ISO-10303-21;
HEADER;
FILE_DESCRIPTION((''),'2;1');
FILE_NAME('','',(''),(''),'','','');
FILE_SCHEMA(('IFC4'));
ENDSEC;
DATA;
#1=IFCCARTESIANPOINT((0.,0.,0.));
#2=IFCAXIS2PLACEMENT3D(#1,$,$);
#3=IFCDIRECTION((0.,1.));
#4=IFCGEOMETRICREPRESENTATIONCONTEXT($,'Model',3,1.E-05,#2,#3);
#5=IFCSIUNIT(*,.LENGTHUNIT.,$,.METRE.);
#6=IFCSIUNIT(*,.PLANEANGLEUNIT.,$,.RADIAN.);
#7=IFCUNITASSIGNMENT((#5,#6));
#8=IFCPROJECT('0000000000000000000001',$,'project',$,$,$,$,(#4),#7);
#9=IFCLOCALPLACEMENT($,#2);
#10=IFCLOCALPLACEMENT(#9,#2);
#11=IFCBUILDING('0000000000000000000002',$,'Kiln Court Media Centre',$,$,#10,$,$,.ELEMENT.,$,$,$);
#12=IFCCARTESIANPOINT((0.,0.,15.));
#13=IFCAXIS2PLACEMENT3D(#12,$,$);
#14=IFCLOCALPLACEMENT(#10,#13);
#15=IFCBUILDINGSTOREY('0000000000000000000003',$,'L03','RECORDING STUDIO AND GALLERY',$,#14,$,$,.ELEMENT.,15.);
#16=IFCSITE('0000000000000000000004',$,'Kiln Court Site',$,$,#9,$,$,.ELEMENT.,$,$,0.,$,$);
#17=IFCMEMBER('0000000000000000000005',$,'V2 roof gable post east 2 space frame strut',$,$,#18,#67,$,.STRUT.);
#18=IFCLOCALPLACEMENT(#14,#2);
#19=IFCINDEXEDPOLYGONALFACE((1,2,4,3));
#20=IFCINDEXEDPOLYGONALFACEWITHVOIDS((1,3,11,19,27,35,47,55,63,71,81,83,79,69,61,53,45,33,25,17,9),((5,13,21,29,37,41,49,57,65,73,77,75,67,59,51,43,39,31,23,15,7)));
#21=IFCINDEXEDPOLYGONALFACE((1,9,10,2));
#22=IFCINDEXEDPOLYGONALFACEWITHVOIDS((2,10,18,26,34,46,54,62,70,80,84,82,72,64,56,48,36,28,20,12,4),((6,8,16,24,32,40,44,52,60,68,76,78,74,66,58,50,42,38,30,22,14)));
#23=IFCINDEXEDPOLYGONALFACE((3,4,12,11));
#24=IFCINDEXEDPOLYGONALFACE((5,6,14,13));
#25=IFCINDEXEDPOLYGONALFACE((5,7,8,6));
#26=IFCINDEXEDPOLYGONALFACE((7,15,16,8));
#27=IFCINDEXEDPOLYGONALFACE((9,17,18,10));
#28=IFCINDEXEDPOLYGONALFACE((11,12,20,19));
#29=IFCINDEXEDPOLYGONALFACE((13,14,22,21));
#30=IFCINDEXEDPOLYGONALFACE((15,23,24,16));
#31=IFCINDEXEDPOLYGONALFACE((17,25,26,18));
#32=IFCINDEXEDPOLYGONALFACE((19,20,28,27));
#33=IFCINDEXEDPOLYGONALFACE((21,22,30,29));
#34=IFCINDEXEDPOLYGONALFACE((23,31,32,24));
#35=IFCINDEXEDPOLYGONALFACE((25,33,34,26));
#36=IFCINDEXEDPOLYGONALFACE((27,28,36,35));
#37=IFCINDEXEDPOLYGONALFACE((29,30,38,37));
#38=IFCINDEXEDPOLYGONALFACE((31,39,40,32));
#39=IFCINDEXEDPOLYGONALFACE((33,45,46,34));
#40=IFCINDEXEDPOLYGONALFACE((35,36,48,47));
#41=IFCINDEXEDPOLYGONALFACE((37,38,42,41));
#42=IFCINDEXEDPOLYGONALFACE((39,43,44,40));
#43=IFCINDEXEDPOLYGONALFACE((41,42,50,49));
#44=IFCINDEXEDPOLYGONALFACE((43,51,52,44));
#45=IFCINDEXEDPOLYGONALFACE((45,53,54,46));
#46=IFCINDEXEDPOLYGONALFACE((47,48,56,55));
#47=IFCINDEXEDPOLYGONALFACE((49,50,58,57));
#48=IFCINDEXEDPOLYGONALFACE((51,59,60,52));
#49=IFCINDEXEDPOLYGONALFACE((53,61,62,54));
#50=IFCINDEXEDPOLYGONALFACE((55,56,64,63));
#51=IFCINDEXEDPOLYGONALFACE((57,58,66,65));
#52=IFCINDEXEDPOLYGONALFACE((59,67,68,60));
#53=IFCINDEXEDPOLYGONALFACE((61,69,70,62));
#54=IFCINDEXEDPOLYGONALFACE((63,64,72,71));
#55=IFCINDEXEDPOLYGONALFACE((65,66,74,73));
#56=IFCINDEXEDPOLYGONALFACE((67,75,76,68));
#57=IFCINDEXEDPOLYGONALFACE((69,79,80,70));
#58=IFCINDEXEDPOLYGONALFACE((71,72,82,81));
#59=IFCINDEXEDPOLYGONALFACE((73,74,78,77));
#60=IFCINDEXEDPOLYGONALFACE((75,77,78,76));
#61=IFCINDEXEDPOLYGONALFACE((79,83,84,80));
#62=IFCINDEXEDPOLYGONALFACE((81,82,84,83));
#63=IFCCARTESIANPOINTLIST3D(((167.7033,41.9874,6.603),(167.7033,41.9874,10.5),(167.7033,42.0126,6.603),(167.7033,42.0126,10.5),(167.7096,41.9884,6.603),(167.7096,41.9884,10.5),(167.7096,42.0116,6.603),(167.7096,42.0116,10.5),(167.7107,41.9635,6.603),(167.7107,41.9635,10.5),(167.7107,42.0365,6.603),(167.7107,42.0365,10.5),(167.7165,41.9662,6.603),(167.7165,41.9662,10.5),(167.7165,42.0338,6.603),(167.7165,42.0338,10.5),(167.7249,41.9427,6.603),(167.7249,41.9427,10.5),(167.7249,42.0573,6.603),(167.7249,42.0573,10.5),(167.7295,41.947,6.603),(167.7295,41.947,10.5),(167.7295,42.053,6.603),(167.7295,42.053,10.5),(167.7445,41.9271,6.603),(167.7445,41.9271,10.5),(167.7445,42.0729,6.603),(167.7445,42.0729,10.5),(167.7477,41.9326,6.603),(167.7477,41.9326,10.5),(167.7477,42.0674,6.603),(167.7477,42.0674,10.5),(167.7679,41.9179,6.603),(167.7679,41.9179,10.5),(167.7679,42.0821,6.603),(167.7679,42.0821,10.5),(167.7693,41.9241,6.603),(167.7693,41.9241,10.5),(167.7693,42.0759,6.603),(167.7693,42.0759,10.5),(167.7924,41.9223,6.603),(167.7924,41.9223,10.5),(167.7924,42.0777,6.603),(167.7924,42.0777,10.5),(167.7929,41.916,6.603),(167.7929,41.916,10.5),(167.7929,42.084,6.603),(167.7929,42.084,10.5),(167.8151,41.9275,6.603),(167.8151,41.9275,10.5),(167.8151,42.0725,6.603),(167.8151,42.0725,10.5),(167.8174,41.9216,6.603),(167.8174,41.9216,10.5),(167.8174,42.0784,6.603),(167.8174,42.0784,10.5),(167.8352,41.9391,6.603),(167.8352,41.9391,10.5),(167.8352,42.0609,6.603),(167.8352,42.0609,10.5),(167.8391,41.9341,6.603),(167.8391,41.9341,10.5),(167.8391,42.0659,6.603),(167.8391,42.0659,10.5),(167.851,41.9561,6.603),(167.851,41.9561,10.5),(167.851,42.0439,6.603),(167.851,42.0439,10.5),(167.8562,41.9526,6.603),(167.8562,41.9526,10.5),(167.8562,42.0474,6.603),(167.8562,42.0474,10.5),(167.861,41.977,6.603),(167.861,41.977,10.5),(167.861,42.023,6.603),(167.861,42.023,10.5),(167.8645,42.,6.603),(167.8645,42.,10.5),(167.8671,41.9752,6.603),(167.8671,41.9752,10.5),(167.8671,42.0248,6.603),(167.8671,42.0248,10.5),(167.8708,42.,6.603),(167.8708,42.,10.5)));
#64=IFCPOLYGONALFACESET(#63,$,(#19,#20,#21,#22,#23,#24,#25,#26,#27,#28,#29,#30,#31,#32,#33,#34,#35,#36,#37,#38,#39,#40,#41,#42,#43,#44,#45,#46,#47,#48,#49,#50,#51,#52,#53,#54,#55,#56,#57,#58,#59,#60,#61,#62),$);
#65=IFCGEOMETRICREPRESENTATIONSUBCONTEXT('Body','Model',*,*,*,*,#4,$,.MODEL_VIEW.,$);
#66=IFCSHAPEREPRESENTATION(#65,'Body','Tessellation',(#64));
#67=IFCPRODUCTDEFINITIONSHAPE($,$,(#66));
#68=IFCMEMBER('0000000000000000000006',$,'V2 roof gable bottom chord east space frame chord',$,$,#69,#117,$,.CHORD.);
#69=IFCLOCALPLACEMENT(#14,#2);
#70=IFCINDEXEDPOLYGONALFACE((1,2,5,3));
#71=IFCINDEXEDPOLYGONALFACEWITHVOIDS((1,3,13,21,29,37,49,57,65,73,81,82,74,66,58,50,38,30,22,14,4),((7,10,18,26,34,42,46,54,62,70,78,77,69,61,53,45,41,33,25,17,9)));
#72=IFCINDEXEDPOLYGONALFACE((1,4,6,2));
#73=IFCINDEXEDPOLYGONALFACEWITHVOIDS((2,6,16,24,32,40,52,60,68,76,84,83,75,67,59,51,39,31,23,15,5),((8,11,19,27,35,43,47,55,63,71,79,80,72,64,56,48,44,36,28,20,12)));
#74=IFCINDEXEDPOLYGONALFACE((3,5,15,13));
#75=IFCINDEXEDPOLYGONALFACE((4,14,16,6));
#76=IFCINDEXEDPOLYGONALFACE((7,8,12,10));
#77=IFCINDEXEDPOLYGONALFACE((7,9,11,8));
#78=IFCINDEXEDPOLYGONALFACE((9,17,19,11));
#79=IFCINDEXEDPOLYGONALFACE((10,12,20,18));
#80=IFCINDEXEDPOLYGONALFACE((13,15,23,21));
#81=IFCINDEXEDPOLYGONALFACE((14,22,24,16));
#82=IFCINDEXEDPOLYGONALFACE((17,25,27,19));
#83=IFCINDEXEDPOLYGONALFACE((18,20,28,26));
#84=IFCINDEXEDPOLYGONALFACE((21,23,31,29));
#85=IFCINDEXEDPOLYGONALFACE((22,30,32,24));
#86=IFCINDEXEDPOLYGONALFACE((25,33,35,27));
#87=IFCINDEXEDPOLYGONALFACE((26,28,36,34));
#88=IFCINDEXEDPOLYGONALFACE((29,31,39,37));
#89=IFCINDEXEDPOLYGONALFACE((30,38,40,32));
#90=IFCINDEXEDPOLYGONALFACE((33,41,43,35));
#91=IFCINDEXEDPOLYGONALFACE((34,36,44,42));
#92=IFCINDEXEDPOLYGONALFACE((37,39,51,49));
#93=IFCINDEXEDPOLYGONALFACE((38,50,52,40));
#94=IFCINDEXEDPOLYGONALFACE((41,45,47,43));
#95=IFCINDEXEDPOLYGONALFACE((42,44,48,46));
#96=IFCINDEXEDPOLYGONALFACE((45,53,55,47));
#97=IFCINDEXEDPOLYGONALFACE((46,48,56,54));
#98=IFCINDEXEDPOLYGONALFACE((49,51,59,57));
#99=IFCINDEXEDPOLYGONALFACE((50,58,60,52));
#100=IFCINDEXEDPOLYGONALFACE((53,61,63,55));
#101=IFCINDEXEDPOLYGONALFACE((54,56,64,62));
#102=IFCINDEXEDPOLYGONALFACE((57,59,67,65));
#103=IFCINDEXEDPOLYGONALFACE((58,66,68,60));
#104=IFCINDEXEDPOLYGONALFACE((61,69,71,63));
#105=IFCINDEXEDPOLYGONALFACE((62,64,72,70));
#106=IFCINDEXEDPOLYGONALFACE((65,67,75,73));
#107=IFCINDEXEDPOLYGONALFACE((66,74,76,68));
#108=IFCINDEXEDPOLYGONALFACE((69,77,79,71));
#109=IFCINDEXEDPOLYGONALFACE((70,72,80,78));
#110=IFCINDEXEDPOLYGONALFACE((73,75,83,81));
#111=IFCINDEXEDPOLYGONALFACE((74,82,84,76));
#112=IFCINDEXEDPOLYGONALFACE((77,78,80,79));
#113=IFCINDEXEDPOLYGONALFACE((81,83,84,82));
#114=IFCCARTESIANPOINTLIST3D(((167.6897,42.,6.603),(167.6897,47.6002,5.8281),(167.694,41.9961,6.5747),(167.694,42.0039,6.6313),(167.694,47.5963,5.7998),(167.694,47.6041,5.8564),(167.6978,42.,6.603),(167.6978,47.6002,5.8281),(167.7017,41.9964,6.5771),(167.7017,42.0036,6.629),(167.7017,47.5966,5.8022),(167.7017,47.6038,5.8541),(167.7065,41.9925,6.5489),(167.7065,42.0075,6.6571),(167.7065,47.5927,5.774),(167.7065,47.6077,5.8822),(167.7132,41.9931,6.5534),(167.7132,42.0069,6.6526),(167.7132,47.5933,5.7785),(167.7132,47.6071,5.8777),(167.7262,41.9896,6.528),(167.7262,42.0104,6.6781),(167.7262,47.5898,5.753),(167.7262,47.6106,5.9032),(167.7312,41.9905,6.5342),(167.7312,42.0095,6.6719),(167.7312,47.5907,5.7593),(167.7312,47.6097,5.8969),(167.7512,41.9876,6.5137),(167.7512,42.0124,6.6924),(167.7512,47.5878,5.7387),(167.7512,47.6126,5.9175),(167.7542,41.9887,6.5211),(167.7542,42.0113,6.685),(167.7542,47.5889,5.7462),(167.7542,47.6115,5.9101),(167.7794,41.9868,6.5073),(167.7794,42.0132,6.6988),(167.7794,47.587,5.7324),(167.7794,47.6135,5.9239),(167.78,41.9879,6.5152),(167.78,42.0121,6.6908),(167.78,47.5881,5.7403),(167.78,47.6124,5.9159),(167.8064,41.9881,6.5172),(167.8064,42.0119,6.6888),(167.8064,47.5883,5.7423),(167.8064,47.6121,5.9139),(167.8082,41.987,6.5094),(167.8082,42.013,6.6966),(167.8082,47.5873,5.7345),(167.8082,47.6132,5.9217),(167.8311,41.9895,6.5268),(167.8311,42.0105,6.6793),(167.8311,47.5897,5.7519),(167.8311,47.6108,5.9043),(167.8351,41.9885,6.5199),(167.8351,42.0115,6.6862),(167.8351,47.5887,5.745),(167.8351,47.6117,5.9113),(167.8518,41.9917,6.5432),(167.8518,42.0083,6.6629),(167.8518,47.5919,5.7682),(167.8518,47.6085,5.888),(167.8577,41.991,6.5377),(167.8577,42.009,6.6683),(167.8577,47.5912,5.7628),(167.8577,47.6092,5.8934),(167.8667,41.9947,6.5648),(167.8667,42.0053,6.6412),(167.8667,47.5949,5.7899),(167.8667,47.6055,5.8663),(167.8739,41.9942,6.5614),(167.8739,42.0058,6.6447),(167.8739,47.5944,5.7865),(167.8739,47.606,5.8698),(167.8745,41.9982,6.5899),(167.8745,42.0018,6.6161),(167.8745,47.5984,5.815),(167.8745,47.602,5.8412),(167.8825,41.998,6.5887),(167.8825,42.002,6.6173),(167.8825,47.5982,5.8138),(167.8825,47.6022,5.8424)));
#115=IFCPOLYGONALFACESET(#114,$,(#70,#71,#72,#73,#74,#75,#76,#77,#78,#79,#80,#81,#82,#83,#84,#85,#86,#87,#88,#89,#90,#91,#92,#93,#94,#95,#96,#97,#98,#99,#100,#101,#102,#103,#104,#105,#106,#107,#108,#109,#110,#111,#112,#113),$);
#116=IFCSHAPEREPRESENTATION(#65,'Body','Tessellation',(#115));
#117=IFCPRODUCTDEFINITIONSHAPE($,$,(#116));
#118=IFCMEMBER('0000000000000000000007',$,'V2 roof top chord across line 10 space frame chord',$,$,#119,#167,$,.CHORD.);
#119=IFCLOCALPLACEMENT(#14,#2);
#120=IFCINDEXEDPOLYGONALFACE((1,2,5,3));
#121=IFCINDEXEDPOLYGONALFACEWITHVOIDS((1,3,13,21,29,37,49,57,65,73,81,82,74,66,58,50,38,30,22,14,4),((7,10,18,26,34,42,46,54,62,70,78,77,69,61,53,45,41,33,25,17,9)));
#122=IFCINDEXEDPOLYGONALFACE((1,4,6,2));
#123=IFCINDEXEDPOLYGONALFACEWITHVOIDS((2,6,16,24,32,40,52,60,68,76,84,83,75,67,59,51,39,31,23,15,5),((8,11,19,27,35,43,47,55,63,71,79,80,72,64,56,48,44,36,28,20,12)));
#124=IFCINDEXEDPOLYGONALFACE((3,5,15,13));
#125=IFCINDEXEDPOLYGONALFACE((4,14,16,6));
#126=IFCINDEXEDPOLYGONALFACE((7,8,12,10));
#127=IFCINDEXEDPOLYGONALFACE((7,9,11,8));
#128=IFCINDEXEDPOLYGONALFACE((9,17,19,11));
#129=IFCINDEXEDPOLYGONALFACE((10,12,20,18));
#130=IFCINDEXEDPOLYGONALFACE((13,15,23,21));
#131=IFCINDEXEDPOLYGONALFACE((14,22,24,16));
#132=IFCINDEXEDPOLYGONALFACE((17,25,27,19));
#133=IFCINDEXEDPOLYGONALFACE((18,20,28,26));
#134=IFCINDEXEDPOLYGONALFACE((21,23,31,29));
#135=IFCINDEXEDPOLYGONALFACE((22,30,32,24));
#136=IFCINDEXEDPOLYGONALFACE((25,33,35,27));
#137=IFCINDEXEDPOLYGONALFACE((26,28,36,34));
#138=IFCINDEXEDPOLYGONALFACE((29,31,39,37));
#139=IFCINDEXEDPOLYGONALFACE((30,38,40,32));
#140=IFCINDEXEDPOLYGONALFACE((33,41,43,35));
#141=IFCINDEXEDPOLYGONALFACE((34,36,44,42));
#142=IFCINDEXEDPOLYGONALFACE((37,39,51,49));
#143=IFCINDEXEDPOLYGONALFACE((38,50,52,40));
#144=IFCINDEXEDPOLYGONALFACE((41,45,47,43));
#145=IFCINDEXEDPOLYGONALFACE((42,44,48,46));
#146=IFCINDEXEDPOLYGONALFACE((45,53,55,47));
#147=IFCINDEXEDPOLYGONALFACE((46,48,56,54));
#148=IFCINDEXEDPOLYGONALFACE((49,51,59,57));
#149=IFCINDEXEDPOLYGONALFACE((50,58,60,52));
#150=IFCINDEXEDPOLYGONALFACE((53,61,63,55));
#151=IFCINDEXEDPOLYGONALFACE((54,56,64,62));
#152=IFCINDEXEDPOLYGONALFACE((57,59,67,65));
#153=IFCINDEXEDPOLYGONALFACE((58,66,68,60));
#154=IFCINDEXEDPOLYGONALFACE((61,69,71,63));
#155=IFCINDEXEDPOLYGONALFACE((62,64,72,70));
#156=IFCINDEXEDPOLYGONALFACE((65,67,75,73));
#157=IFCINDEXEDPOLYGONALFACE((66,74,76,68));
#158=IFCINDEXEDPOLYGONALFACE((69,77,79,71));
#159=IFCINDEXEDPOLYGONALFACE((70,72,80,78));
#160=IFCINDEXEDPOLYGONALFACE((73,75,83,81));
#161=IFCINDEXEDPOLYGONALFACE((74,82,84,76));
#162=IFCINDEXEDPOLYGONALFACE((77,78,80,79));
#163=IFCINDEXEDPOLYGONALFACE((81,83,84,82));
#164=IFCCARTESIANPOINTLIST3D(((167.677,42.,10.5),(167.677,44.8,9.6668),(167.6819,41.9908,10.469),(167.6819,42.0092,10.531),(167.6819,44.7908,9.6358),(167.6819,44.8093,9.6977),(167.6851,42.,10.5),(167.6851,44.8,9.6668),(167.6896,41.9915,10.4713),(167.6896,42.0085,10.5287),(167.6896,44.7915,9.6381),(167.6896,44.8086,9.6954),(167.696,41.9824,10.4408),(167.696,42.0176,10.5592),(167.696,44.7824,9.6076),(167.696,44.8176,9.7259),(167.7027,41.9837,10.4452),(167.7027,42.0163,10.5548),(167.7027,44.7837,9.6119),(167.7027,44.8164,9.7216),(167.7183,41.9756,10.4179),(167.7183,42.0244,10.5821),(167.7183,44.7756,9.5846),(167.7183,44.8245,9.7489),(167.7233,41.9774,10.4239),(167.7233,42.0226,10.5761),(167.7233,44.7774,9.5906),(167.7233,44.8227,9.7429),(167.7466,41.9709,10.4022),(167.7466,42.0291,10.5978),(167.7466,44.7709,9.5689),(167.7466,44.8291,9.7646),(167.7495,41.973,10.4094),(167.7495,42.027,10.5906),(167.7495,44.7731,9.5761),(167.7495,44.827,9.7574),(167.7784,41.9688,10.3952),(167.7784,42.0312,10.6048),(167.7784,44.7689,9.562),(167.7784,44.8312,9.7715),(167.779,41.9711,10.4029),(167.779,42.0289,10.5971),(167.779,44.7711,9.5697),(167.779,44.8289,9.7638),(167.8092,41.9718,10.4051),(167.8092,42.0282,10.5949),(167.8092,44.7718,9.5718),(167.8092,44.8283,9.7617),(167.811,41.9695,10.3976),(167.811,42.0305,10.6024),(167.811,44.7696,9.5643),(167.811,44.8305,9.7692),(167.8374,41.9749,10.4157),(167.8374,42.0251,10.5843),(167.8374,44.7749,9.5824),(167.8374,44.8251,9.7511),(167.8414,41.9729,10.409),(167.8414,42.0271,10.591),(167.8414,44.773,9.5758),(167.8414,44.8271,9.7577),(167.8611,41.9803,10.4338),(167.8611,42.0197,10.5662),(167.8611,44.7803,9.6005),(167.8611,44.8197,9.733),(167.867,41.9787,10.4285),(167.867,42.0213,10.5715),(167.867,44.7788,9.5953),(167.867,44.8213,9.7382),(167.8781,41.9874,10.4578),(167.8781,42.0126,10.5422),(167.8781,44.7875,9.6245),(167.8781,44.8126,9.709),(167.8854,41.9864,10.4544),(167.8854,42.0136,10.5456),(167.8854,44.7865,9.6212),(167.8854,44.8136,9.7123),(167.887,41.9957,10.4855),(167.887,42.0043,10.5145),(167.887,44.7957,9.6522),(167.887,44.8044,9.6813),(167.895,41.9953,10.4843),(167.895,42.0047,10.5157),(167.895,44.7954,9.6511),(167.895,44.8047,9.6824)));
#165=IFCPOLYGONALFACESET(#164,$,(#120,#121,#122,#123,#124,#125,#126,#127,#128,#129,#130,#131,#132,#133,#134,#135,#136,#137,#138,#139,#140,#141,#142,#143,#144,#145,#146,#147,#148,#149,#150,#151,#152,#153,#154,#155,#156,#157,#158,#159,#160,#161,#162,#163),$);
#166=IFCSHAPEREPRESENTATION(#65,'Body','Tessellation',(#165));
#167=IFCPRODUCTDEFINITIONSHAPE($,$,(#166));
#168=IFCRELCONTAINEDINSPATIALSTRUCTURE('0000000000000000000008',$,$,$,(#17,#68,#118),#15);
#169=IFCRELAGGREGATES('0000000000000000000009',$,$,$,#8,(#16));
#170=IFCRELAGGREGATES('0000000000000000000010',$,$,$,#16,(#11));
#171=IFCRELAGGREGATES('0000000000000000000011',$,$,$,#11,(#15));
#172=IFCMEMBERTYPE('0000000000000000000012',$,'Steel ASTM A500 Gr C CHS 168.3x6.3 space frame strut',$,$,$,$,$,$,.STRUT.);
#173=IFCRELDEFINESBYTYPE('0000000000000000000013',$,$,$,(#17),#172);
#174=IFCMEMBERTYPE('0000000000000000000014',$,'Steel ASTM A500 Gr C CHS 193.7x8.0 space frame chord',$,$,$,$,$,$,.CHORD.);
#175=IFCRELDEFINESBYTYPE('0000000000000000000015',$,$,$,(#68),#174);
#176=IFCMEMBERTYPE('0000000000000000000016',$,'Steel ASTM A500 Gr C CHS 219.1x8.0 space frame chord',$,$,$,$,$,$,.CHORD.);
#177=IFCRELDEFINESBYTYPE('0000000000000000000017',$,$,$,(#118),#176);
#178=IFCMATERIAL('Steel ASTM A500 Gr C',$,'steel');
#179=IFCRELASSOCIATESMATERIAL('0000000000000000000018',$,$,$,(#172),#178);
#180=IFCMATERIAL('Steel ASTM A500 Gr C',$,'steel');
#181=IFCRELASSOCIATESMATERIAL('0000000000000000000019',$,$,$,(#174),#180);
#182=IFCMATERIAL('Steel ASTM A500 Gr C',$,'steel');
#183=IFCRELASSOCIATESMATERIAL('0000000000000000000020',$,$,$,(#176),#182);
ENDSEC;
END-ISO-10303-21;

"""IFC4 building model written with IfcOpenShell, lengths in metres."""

from ifc_helpers import new_model, si_unit, direction, frame, origin, origin_2d, place, context, subcontext, project, spatial, hollow_circle, extrude, material, material_profile, profile_set, type_object, element, save


model = new_model("IFC4")

# Units and contexts
model_context = context("Model", 3, precision=1e-05, world=origin(), true_north=direction((0.0, 1.0)))
body_context = subcontext(model_context, "Body", "Model", "MODEL_VIEW")
ifc_project = project(units=[si_unit("LENGTHUNIT", "METRE"), si_unit("PLANEANGLEUNIT", "RADIAN")], contexts=[model_context])

# Site, building, storey
site_placement = place(None, origin())
site = spatial("IfcSite", under=ifc_project, at=site_placement, Name="Kiln Court Site", CompositionType="ELEMENT", RefElevation=0.0)
building_placement = place(site_placement, origin())
building = spatial("IfcBuilding", under=site, at=building_placement, Name="Kiln Court Media Centre", CompositionType="ELEMENT")
storey_placement = place(building_placement, frame((0.0, 0.0, 15.0)))
storey = spatial("IfcBuildingStorey", under=building, at=storey_placement, Name="L03", Description="RECORDING STUDIO AND GALLERY", CompositionType="ELEMENT", Elevation=15.0)

# Members
ifc_material_1 = material(Name="Steel ASTM A500 Gr C", Category="steel")
ifc_material_profile_1 = material_profile(ifc_material_1, hollow_circle(Radius=0.0842, WallThickness=0.0063, at=origin_2d()), Name="CHS 168.3x6.3")
ifc_profile_set_1 = profile_set([ifc_material_profile_1], Name="Steel ASTM A500 Gr C")
member_type_1 = type_object("IfcMemberType", Name="Steel ASTM A500 Gr C CHS 168.3x6.3 space frame strut", PredefinedType="STRUT", material=ifc_profile_set_1)
member_1_placement = place(storey_placement, frame((167.7866, 42.0, 6.603), z_axis=(0.0, 0.0, 1.0), x_axis=(1.0, 0.0, 0.0)))
element("IfcMember", 1, at=member_1_placement, inside=storey, type_object=member_type_1, Name="V2 roof gable post east 2 space frame strut", PredefinedType="STRUT", context=body_context, shape_type="SweptSolid", body=[
    extrude(hollow_circle(Radius=0.0842, WallThickness=0.0063, at=origin_2d()), origin(), (0.0, 0.0, 1.0), 3.897),
])
ifc_material_2 = material(Name="Steel ASTM A500 Gr C", Category="steel")
ifc_material_profile_2 = material_profile(ifc_material_2, hollow_circle(Radius=0.0969, WallThickness=0.0081, at=origin_2d()), Name="CHS 193.7x8.0")
ifc_profile_set_2 = profile_set([ifc_material_profile_2], Name="Steel ASTM A500 Gr C")
member_type_2 = type_object("IfcMemberType", Name="Steel ASTM A500 Gr C CHS 193.7x8.0 space frame chord", PredefinedType="CHORD", material=ifc_profile_set_2)
member_2_placement = place(storey_placement, frame((167.7866, 42.0, 6.603), z_axis=(0.0, 0.990562, -0.137067), x_axis=(-1.0, 0.0, 0.0)))
element("IfcMember", 2, at=member_2_placement, inside=storey, type_object=member_type_2, Name="V2 roof gable bottom chord east space frame chord", PredefinedType="CHORD", context=body_context, shape_type="SweptSolid", body=[
    extrude(hollow_circle(Radius=0.0969, WallThickness=0.0081, at=origin_2d()), origin(), (0.0, 0.0, 1.0), 5.6536),
])
ifc_material_3 = material(Name="Steel ASTM A500 Gr C", Category="steel")
ifc_material_profile_3 = material_profile(ifc_material_3, hollow_circle(Radius=0.1096, WallThickness=0.0081, at=origin_2d()), Name="CHS 219.1x8.0")
ifc_profile_set_3 = profile_set([ifc_material_profile_3], Name="Steel ASTM A500 Gr C")
member_type_3 = type_object("IfcMemberType", Name="Steel ASTM A500 Gr C CHS 219.1x8.0 space frame chord", PredefinedType="CHORD", material=ifc_profile_set_3)
member_3_placement = place(storey_placement, frame((167.7866, 42.0, 10.5), z_axis=(0.0, 0.958461, -0.285223), x_axis=(-1.0, 0.0, 0.0)))
element("IfcMember", 3, at=member_3_placement, inside=storey, type_object=member_type_3, Name="V2 roof top chord across line 10 space frame chord", PredefinedType="CHORD", context=body_context, shape_type="SweptSolid", body=[
    extrude(hollow_circle(Radius=0.1096, WallThickness=0.0081, at=origin_2d()), origin(), (0.0, 0.0, 1.0), 2.9214),
])

save(model, "model.ifc")
